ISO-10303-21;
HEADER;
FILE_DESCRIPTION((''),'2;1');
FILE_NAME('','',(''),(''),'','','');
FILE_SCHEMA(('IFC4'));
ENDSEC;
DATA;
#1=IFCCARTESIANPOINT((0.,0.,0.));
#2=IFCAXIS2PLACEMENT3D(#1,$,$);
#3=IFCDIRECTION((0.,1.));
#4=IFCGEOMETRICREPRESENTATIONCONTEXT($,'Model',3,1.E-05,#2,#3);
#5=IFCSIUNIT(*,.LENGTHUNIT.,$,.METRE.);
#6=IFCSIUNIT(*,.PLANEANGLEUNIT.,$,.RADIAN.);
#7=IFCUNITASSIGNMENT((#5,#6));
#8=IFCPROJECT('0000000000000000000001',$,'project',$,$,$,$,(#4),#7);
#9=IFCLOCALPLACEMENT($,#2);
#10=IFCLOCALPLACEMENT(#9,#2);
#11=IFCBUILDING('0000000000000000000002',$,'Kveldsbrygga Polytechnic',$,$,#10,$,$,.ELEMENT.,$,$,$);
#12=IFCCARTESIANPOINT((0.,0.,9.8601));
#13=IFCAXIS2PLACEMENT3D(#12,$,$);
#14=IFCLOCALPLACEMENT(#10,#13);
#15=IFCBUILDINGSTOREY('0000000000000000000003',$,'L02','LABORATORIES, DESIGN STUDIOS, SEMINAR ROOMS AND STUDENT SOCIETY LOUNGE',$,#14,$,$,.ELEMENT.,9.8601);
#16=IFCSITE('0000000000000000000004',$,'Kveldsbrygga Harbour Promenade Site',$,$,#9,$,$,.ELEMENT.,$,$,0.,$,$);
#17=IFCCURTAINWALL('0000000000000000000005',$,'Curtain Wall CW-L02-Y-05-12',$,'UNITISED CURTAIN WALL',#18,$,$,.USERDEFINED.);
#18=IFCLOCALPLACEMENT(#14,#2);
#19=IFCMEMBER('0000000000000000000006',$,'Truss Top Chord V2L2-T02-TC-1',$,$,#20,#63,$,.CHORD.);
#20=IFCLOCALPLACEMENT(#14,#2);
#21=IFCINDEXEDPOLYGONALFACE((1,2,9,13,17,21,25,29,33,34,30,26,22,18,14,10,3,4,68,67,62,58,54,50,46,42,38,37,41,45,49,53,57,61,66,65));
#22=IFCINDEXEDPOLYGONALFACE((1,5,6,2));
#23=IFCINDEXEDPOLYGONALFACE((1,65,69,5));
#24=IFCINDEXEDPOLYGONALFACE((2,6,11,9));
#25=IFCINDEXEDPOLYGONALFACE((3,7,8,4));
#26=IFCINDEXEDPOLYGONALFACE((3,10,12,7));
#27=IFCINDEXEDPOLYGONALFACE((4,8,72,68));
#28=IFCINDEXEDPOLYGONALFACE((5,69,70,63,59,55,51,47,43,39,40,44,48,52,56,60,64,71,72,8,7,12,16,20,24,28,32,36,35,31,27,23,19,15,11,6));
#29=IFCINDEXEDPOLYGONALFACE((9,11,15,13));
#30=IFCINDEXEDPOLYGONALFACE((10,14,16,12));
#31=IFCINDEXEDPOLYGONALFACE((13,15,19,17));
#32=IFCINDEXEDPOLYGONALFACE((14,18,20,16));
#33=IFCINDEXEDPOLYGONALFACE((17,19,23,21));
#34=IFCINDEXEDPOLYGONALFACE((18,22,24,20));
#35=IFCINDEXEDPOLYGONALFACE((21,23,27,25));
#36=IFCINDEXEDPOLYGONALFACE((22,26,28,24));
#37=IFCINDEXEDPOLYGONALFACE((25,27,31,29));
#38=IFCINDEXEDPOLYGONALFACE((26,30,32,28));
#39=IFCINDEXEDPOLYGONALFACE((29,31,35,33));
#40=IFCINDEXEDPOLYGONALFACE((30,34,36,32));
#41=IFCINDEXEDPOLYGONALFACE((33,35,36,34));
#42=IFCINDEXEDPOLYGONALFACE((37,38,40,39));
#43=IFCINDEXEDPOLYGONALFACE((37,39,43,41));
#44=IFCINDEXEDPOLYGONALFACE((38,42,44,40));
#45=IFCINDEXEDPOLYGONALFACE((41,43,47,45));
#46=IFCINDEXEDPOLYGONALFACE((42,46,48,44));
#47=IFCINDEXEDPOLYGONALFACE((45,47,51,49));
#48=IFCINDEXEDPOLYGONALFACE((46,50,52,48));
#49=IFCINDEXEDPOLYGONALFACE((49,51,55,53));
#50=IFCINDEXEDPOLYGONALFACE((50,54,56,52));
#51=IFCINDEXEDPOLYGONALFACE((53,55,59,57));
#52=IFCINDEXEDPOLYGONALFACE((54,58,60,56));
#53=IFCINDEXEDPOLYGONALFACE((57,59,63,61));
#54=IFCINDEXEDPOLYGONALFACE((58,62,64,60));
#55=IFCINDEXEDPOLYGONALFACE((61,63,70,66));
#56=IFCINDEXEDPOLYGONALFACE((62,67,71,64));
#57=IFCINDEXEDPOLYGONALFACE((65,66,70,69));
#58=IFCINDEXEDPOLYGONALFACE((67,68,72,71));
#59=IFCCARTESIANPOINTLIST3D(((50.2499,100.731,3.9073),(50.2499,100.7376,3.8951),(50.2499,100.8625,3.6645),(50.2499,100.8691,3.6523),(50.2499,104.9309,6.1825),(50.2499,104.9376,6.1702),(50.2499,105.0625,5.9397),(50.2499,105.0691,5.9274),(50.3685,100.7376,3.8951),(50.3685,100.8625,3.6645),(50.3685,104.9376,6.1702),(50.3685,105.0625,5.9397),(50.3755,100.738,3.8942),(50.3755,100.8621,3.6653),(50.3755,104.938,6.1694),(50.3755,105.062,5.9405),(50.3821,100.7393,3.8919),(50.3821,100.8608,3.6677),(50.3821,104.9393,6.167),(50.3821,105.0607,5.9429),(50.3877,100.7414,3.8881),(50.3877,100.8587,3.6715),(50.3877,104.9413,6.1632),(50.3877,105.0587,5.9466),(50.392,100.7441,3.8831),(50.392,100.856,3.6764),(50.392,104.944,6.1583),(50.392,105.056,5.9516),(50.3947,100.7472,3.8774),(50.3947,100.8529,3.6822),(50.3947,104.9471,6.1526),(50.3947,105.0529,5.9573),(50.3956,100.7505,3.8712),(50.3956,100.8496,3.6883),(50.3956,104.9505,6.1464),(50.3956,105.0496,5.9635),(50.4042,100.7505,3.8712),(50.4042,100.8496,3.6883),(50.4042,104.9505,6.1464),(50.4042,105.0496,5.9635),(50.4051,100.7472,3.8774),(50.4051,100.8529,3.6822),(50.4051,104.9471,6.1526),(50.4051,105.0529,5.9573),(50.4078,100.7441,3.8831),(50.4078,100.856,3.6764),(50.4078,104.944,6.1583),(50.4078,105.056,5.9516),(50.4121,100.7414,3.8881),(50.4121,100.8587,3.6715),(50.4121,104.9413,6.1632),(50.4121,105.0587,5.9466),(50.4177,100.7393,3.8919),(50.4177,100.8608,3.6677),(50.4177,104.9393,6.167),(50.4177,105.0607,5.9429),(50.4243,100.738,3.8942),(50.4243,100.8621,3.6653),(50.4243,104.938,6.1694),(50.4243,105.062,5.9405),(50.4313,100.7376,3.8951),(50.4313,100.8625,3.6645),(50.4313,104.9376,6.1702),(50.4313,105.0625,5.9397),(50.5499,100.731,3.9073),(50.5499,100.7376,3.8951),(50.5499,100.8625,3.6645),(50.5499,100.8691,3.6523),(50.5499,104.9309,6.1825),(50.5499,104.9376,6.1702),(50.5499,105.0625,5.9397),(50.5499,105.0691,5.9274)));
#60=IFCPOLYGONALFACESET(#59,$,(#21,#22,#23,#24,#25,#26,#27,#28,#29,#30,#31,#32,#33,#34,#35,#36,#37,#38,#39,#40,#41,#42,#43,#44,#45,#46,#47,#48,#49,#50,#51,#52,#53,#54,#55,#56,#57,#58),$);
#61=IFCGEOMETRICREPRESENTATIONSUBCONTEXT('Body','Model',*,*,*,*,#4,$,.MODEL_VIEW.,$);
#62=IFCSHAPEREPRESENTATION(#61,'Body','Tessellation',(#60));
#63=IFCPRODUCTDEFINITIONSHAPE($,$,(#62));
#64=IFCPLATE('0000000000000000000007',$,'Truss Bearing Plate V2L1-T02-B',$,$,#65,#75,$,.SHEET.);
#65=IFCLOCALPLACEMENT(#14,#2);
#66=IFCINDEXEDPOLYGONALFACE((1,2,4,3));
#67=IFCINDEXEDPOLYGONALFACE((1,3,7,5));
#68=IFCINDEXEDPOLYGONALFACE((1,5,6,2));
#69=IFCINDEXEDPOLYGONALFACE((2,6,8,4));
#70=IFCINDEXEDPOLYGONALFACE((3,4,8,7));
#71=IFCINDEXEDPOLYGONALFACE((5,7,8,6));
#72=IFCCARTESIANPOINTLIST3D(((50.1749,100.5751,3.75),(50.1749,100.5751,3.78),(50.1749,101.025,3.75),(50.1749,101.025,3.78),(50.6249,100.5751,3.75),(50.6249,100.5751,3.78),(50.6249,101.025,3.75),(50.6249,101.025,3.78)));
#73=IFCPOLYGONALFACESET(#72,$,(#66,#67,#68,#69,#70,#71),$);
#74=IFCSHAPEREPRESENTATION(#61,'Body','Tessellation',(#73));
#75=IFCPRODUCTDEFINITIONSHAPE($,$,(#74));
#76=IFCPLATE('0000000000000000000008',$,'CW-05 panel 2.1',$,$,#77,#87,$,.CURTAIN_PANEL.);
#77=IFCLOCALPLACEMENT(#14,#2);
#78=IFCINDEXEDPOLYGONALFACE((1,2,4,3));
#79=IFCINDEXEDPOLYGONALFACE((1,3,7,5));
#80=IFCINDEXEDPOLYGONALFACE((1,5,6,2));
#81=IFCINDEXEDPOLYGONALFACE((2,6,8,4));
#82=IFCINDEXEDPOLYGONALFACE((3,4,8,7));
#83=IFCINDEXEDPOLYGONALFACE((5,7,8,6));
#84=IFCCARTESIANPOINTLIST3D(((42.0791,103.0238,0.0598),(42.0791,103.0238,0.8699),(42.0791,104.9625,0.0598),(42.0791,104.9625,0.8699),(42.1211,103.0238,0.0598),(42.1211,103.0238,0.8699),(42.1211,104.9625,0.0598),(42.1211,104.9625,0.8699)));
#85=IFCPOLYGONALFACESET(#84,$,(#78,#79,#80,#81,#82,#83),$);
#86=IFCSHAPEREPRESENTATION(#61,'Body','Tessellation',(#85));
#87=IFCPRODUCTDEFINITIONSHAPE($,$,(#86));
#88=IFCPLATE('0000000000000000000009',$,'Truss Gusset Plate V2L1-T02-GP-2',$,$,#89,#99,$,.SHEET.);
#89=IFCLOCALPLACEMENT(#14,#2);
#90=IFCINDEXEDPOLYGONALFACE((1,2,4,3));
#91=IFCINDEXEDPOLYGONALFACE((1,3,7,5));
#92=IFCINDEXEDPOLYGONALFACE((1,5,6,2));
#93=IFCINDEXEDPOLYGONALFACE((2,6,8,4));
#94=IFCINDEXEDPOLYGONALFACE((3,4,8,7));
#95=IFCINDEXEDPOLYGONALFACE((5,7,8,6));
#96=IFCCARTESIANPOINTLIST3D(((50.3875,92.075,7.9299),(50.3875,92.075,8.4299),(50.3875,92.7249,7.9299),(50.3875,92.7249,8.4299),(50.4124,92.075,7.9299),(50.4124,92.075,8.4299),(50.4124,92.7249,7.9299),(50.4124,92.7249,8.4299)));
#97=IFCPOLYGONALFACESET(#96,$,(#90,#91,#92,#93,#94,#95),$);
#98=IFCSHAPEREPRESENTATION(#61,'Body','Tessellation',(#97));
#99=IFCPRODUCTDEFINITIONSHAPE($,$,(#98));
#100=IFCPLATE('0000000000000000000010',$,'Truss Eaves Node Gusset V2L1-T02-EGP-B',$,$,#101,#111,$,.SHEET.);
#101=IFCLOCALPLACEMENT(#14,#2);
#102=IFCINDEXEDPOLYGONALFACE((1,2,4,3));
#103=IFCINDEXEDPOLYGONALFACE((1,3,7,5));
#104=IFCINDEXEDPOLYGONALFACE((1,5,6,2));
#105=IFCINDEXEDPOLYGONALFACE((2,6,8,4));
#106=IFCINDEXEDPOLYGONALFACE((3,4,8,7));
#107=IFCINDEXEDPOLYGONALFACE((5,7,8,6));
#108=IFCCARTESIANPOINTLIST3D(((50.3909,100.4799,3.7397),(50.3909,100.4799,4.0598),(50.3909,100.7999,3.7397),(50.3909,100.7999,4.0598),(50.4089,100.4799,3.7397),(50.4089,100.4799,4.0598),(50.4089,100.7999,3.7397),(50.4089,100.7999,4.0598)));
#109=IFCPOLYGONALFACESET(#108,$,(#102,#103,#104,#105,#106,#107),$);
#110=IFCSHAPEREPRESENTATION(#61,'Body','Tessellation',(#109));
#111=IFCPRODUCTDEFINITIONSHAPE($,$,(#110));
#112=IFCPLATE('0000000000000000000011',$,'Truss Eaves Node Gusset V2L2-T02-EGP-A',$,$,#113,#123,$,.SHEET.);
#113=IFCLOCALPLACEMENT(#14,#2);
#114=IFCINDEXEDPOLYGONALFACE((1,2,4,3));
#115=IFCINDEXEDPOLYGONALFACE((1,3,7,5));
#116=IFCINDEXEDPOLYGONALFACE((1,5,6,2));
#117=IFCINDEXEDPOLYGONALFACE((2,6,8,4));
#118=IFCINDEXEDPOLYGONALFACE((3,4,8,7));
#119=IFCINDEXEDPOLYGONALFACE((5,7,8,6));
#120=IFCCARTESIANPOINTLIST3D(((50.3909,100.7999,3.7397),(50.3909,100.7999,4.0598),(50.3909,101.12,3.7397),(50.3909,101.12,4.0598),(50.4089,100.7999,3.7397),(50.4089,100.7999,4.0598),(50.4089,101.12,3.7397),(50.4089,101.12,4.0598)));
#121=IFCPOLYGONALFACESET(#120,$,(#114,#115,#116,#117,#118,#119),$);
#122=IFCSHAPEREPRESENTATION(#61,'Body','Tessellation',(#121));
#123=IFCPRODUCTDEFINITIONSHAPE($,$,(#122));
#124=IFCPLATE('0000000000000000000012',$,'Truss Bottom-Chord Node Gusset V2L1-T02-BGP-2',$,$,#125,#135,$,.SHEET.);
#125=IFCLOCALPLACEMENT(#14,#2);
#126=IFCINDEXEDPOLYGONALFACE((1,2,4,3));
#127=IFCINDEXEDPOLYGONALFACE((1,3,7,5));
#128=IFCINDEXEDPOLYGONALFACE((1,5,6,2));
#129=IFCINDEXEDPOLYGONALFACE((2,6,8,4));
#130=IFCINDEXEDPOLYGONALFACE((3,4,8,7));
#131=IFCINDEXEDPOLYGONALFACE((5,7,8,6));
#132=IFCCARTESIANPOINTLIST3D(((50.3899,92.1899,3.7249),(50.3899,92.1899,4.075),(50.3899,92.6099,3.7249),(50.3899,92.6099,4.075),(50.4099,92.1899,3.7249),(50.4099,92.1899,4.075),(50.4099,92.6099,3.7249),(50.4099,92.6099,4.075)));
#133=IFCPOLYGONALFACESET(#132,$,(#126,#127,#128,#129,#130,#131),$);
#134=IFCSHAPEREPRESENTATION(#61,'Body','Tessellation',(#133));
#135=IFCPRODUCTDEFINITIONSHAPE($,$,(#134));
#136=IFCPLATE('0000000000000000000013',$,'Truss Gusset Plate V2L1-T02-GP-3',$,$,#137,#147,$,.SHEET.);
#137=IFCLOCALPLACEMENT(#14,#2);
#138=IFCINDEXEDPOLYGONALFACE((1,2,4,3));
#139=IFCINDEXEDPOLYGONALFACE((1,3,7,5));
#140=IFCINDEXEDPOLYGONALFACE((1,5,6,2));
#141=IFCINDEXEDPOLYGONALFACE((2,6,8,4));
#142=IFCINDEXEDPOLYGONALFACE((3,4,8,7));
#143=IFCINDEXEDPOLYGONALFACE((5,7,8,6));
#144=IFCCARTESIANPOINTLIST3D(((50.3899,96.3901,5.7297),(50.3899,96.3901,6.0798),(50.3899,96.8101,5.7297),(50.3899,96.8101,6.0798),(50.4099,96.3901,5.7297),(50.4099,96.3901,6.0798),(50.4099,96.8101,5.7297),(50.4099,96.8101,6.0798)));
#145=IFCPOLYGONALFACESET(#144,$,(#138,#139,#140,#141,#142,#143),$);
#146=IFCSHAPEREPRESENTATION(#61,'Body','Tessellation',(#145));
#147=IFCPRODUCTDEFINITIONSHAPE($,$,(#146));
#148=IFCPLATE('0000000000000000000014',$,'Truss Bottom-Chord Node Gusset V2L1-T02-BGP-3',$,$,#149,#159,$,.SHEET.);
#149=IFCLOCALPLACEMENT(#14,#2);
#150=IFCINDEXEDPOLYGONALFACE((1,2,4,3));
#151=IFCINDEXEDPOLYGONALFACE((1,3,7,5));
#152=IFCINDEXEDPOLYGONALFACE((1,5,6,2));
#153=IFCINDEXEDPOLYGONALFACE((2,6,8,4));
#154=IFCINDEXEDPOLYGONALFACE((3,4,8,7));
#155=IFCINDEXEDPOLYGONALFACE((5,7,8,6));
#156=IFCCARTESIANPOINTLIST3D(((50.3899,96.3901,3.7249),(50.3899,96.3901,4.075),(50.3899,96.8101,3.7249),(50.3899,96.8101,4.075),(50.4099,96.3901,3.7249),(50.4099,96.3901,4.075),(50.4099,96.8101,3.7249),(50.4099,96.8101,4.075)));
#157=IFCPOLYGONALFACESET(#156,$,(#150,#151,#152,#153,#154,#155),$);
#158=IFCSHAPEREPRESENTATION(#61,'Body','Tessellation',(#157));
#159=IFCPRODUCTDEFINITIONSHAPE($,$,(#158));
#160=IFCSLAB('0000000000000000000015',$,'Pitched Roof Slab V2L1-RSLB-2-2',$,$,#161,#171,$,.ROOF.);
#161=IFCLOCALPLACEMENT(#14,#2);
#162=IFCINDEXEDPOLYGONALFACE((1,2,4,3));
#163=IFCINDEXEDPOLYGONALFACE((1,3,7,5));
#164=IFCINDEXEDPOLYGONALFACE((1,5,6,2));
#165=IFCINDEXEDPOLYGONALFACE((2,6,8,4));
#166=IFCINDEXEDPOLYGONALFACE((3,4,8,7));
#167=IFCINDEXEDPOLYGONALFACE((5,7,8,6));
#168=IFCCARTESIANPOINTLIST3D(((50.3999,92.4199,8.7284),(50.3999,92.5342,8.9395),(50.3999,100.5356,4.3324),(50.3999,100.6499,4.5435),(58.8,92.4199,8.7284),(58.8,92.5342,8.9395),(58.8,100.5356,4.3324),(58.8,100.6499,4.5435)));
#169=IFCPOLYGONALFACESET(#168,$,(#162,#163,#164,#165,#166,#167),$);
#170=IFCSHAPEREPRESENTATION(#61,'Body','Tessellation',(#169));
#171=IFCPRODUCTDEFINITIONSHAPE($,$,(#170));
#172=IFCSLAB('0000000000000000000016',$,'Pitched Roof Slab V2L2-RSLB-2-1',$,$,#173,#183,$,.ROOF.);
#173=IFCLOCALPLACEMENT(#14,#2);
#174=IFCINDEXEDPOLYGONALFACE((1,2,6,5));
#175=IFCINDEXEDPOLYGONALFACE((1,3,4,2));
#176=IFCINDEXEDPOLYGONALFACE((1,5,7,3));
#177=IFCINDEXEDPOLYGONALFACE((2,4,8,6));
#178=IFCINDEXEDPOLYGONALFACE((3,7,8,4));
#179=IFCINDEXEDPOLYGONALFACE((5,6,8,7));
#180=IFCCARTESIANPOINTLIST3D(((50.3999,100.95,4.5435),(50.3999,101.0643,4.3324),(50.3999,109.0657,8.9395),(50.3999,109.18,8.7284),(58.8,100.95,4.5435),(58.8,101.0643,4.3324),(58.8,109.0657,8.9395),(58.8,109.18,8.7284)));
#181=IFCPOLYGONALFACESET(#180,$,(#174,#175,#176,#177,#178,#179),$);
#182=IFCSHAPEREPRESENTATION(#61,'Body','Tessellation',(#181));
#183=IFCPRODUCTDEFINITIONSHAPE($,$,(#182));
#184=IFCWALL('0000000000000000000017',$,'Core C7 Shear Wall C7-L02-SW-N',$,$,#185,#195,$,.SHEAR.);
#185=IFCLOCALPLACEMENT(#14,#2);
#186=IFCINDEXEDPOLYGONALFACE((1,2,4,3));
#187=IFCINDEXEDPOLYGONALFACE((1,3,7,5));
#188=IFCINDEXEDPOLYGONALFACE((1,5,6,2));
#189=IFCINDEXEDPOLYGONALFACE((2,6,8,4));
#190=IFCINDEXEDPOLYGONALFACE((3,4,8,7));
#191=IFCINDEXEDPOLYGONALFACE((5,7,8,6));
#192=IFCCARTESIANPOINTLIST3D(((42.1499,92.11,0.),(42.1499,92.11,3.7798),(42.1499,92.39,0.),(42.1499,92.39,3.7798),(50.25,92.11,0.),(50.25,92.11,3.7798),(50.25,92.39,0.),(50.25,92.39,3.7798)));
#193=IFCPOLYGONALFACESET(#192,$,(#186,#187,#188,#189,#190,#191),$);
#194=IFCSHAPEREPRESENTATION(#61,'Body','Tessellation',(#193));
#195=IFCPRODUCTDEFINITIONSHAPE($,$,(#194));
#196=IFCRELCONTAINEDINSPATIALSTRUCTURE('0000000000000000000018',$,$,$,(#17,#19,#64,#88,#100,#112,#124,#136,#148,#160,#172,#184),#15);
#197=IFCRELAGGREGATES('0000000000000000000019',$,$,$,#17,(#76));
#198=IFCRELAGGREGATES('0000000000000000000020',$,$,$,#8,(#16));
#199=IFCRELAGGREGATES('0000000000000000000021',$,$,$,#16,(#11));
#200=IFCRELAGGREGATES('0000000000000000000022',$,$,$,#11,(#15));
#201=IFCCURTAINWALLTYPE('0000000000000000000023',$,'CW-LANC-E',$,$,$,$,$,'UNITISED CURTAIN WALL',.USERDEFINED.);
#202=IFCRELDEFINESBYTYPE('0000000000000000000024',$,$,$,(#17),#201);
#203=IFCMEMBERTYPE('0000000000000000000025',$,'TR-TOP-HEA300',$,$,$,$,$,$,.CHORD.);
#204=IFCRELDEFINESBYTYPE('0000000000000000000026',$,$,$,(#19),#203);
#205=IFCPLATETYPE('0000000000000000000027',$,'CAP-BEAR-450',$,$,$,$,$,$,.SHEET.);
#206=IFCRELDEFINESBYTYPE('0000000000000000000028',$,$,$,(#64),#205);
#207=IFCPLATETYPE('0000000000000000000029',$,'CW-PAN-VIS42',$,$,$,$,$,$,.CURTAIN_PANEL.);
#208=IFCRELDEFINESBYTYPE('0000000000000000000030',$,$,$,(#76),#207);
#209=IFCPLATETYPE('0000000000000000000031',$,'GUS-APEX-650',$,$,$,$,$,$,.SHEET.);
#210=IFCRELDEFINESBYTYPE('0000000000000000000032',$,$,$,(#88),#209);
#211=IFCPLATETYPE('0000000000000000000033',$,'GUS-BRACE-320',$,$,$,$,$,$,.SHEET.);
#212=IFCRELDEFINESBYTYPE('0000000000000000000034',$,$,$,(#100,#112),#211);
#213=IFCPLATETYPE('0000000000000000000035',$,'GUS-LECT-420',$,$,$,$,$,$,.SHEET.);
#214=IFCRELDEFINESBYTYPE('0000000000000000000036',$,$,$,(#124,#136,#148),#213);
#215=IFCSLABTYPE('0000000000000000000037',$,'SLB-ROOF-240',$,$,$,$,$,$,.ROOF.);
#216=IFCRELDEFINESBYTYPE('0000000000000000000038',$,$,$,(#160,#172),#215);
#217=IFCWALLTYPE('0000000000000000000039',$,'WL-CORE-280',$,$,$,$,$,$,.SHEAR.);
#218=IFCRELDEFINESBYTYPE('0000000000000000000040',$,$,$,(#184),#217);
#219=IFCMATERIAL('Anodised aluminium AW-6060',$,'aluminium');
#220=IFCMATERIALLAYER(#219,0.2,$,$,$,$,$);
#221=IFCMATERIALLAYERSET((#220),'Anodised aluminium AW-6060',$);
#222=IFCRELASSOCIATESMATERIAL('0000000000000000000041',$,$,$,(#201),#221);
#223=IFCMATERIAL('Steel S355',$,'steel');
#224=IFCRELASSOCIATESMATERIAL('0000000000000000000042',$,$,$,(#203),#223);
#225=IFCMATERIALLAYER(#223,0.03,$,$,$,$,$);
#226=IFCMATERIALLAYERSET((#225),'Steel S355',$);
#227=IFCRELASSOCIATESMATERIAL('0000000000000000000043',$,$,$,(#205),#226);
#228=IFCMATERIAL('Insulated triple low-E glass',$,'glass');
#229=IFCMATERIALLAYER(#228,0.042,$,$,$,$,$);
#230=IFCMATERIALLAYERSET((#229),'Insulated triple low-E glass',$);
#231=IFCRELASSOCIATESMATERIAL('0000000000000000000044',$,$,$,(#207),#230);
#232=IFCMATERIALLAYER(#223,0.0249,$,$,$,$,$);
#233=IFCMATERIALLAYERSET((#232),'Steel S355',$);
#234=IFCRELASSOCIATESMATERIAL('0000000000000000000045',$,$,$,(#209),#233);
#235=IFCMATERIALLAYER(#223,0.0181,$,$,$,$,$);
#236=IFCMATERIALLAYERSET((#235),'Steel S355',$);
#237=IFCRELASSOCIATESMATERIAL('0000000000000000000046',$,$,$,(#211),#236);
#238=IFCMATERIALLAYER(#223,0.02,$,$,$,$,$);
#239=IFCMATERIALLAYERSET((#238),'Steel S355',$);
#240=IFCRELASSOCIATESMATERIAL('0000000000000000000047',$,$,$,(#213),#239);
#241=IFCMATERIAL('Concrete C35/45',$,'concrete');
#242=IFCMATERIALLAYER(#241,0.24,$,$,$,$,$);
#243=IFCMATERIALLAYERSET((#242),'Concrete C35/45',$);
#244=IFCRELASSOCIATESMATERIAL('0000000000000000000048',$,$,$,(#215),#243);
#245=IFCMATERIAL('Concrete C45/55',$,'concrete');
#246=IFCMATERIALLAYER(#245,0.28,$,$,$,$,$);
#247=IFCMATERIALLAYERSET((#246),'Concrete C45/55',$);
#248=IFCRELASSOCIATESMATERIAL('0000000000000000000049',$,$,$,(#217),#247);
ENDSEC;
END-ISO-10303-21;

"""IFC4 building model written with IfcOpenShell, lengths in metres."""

from ifc_helpers import new_model, si_unit, direction, frame, frame_2d, origin, origin_2d, place, context, subcontext, project, spatial, polyline, rectangle, i_section, outline, extrude, material, layer, layer_set, material_profile, profile_set, type_object, element, aggregate, save


model = new_model("IFC4")

# Units and contexts
model_context = context("Model", 3, precision=1e-05, world=origin(), true_north=direction((0.0, 1.0)))
body_context = subcontext(model_context, "Body", "Model", "MODEL_VIEW")
ifc_project = project(units=[si_unit("LENGTHUNIT", "METRE"), si_unit("PLANEANGLEUNIT", "RADIAN")], contexts=[model_context])

# Site, building, storey
site_placement = place(None, origin())
site = spatial("IfcSite", under=ifc_project, at=site_placement, Name="Kveldsbrygga Harbour Promenade Site", CompositionType="ELEMENT", RefElevation=0.0)
building_placement = place(site_placement, origin())
building = spatial("IfcBuilding", under=site, at=building_placement, Name="Kveldsbrygga Polytechnic", CompositionType="ELEMENT")
storey_placement = place(building_placement, frame((0.0, 0.0, 9.8601)))
storey = spatial("IfcBuildingStorey", under=building, at=storey_placement, Name="L02", Description="LABORATORIES, DESIGN STUDIOS, SEMINAR ROOMS AND STUDENT SOCIETY LOUNGE", CompositionType="ELEMENT", Elevation=9.8601)

# Shared definitions
ifc_material_1 = material(Name="Concrete C45/55", Category="concrete")

# Curtain wall
ifc_material_2 = material(Name="Anodised aluminium AW-6060", Category="aluminium")
ifc_layer_1 = layer(ifc_material_2, 0.2)
ifc_layer_set_1 = layer_set([ifc_layer_1], Name="Anodised aluminium AW-6060")
curtain_wall_type = type_object("IfcCurtainWallType", Name="CW-LANC-E", ElementType="UNITISED CURTAIN WALL", PredefinedType="USERDEFINED", material=ifc_layer_set_1)
curtain_wall_placement = place(storey_placement, origin())
curtain_wall = element("IfcCurtainWall", 1, at=curtain_wall_placement, inside=storey, type_object=curtain_wall_type, Name="Curtain Wall CW-L02-Y-05-12", ObjectType="UNITISED CURTAIN WALL", PredefinedType="USERDEFINED")

# Member
ifc_material_3 = material(Name="Steel S355", Category="steel")
ifc_material_profile_1 = material_profile(ifc_material_3, i_section(OverallWidth=0.3, OverallDepth=0.29, WebThickness=0.0085, FlangeThickness=0.0139, FilletRadius=0.0271, at=origin_2d()), Name="HEA 300")
ifc_profile_set_1 = profile_set([ifc_material_profile_1], Name="Steel S355")
member_type_1 = type_object("IfcMemberType", Name="TR-TOP-HEA300", PredefinedType="CHORD", material=ifc_profile_set_1)
for number, where, z_axis, x_axis, name in (
    (2, (50.3999, 100.8, 3.7798), (0.0, 0.879277, 0.476311), (-1.0, 0.0, 0.0), "Truss Top Chord V2L2-T02-TC-1"),
):
    element("IfcMember", number, at=place(storey_placement, frame(where, z_axis=z_axis, x_axis=x_axis)), inside=storey, type_object=member_type_1, Name=name, PredefinedType="CHORD", context=body_context, shape_type="SweptSolid", body=[
        extrude(i_section(OverallWidth=0.3, OverallDepth=0.29, WebThickness=0.0085, FlangeThickness=0.0139, FilletRadius=0.0271, at=origin_2d()), origin(), (0.0, 0.0, 1.0), 4.7766),
    ])

# Plates
ifc_layer_2 = layer(ifc_material_3, 0.03)
ifc_layer_set_2 = layer_set([ifc_layer_2], Name="Steel S355")
plate_type_1 = type_object("IfcPlateType", Name="CAP-BEAR-450", PredefinedType="SHEET", material=ifc_layer_set_2)
plate_1_placement = place(storey_placement, frame((50.3999, 100.8, 3.75), z_axis=(0.0, 0.0, 1.0), x_axis=(1.0, 0.0, 0.0)))
element("IfcPlate", 3, at=plate_1_placement, inside=storey, type_object=plate_type_1, Name="Truss Bearing Plate V2L1-T02-B", PredefinedType="SHEET", context=body_context, shape_type="SweptSolid", body=[
    extrude(rectangle(XDim=0.45, YDim=0.45, at=origin_2d()), origin(), (0.0, 0.0, 1.0), 0.03),
])
ifc_material_4 = material(Name="Insulated triple low-E glass", Category="glass")
ifc_layer_3 = layer(ifc_material_4, 0.042)
ifc_layer_set_3 = layer_set([ifc_layer_3], Name="Insulated triple low-E glass")
plate_type_2 = type_object("IfcPlateType", Name="CW-PAN-VIS42", PredefinedType="CURTAIN_PANEL", material=ifc_layer_set_3)
plate_2_placement = place(storey_placement, frame((42.1001, 103.9932, 0.0598), z_axis=(0.0, 0.0, 1.0), x_axis=(0.0, 1.0, 0.0)))
plate_2 = element("IfcPlate", 4, at=plate_2_placement, type_object=plate_type_2, Name="CW-05 panel 2.1", PredefinedType="CURTAIN_PANEL", context=body_context, shape_type="SweptSolid", body=[
    extrude(rectangle(XDim=1.9387, YDim=0.042, at=origin_2d()), origin(), (0.0, 0.0, 1.0), 0.8101),
])
aggregate(curtain_wall, [plate_2])

# Plates
ifc_layer_4 = layer(ifc_material_3, 0.0249)
ifc_layer_set_4 = layer_set([ifc_layer_4], Name="Steel S355")
plate_type_3 = type_object("IfcPlateType", Name="GUS-APEX-650", PredefinedType="SHEET", material=ifc_layer_set_4)
plate_3_placement = place(storey_placement, frame((50.3999, 92.3999, 7.9299), z_axis=(0.0, 0.0, 1.0), x_axis=(1.0, 0.0, 0.0)))
element("IfcPlate", 5, at=plate_3_placement, inside=storey, type_object=plate_type_3, Name="Truss Gusset Plate V2L1-T02-GP-2", PredefinedType="SHEET", context=body_context, shape_type="SweptSolid", body=[
    extrude(rectangle(XDim=0.0249, YDim=0.6499, at=origin_2d()), origin(), (0.0, 0.0, 1.0), 0.5),
])
ifc_layer_5 = layer(ifc_material_3, 0.0181)
ifc_layer_set_5 = layer_set([ifc_layer_5], Name="Steel S355")
plate_type_4 = type_object("IfcPlateType", Name="GUS-BRACE-320", PredefinedType="SHEET", material=ifc_layer_set_5)
for number, where, z_axis, x_axis, name in (
    (6, (50.3999, 100.6399, 3.7397), (0.0, 0.0, 1.0), (1.0, 0.0, 0.0), "Truss Eaves Node Gusset V2L1-T02-EGP-B"),
    (7, (50.3999, 100.96, 3.7397), (0.0, 0.0, 1.0), (1.0, 0.0, 0.0), "Truss Eaves Node Gusset V2L2-T02-EGP-A"),
):
    element("IfcPlate", number, at=place(storey_placement, frame(where, z_axis=z_axis, x_axis=x_axis)), inside=storey, type_object=plate_type_4, Name=name, PredefinedType="SHEET", context=body_context, shape_type="SweptSolid", body=[
        extrude(rectangle(XDim=0.0181, YDim=0.3201, at=origin_2d()), origin(), (0.0, 0.0, 1.0), 0.3201),
    ])
ifc_layer_6 = layer(ifc_material_3, 0.02)
ifc_layer_set_6 = layer_set([ifc_layer_6], Name="Steel S355")
plate_type_5 = type_object("IfcPlateType", Name="GUS-LECT-420", PredefinedType="SHEET", material=ifc_layer_set_6)
for number, where, z_axis, x_axis, name in (
    (8, (50.3999, 92.3999, 3.7249), (0.0, 0.0, 1.0), (1.0, 0.0, 0.0), "Truss Bottom-Chord Node Gusset V2L1-T02-BGP-2"),
    (9, (50.3999, 96.6001, 5.7297), (0.0, 0.0, 1.0), (1.0, 0.0, 0.0), "Truss Gusset Plate V2L1-T02-GP-3"),
    (10, (50.3999, 96.6001, 3.7249), (0.0, 0.0, 1.0), (1.0, 0.0, 0.0), "Truss Bottom-Chord Node Gusset V2L1-T02-BGP-3"),
):
    element("IfcPlate", number, at=place(storey_placement, frame(where, z_axis=z_axis, x_axis=x_axis)), inside=storey, type_object=plate_type_5, Name=name, PredefinedType="SHEET", context=body_context, shape_type="SweptSolid", body=[
        extrude(rectangle(XDim=0.02, YDim=0.4199, at=origin_2d()), origin(), (0.0, 0.0, 1.0), 0.3501),
    ])

# Slabs
ifc_material_5 = material(Name="Concrete C35/45", Category="concrete")
ifc_layer_7 = layer(ifc_material_5, 0.24)
ifc_layer_set_7 = layer_set([ifc_layer_7], Name="Concrete C35/45")
slab_type = type_object("IfcSlabType", Name="SLB-ROOF-240", PredefinedType="ROOF", material=ifc_layer_set_7)
for number, where, z_axis, x_axis, name in (
    (11, (50.3999, 92.5342, 8.9395), (0.0, 0.476281, 0.879293), (1.0, 0.0, 0.0), "Pitched Roof Slab V2L1-RSLB-2-2"),
    (12, (50.3999, 100.95, 4.5435), (0.0, -0.476281, 0.879293), (1.0, 0.0, 0.0), "Pitched Roof Slab V2L2-RSLB-2-1"),
):
    element("IfcSlab", number, at=place(storey_placement, frame(where, z_axis=z_axis, x_axis=x_axis)), inside=storey, type_object=slab_type, Name=name, PredefinedType="ROOF", context=body_context, shape_type="SweptSolid", body=[
        extrude(outline(polyline([(0.0, 0.0), (8.4001, 0.0), (8.4001, 9.2298), (0.0, 9.2298), (0.0, 0.0)])), origin(), (0.0, 0.0, -1.0), 0.24),
    ])

# Wall
ifc_layer_8 = layer(ifc_material_1, 0.28)
ifc_layer_set_8 = layer_set([ifc_layer_8], Name="Concrete C45/55")
wall_type = type_object("IfcWallType", Name="WL-CORE-280", PredefinedType="SHEAR", material=ifc_layer_set_8)
wall_placement = place(storey_placement, frame((42.1499, 92.25, 0.0), z_axis=(0.0, 0.0, 1.0), x_axis=(1.0, 0.0, 0.0)))
element("IfcWall", 13, at=wall_placement, inside=storey, type_object=wall_type, Name="Core C7 Shear Wall C7-L02-SW-N", PredefinedType="SHEAR", context=body_context, shape_type="SweptSolid", body=[
    extrude(rectangle(XDim=8.1001, YDim=0.28, at=frame_2d((4.05, 0.0))), origin(), (0.0, 0.0, 1.0), 3.7798),
])

save(model, "model.ifc")
